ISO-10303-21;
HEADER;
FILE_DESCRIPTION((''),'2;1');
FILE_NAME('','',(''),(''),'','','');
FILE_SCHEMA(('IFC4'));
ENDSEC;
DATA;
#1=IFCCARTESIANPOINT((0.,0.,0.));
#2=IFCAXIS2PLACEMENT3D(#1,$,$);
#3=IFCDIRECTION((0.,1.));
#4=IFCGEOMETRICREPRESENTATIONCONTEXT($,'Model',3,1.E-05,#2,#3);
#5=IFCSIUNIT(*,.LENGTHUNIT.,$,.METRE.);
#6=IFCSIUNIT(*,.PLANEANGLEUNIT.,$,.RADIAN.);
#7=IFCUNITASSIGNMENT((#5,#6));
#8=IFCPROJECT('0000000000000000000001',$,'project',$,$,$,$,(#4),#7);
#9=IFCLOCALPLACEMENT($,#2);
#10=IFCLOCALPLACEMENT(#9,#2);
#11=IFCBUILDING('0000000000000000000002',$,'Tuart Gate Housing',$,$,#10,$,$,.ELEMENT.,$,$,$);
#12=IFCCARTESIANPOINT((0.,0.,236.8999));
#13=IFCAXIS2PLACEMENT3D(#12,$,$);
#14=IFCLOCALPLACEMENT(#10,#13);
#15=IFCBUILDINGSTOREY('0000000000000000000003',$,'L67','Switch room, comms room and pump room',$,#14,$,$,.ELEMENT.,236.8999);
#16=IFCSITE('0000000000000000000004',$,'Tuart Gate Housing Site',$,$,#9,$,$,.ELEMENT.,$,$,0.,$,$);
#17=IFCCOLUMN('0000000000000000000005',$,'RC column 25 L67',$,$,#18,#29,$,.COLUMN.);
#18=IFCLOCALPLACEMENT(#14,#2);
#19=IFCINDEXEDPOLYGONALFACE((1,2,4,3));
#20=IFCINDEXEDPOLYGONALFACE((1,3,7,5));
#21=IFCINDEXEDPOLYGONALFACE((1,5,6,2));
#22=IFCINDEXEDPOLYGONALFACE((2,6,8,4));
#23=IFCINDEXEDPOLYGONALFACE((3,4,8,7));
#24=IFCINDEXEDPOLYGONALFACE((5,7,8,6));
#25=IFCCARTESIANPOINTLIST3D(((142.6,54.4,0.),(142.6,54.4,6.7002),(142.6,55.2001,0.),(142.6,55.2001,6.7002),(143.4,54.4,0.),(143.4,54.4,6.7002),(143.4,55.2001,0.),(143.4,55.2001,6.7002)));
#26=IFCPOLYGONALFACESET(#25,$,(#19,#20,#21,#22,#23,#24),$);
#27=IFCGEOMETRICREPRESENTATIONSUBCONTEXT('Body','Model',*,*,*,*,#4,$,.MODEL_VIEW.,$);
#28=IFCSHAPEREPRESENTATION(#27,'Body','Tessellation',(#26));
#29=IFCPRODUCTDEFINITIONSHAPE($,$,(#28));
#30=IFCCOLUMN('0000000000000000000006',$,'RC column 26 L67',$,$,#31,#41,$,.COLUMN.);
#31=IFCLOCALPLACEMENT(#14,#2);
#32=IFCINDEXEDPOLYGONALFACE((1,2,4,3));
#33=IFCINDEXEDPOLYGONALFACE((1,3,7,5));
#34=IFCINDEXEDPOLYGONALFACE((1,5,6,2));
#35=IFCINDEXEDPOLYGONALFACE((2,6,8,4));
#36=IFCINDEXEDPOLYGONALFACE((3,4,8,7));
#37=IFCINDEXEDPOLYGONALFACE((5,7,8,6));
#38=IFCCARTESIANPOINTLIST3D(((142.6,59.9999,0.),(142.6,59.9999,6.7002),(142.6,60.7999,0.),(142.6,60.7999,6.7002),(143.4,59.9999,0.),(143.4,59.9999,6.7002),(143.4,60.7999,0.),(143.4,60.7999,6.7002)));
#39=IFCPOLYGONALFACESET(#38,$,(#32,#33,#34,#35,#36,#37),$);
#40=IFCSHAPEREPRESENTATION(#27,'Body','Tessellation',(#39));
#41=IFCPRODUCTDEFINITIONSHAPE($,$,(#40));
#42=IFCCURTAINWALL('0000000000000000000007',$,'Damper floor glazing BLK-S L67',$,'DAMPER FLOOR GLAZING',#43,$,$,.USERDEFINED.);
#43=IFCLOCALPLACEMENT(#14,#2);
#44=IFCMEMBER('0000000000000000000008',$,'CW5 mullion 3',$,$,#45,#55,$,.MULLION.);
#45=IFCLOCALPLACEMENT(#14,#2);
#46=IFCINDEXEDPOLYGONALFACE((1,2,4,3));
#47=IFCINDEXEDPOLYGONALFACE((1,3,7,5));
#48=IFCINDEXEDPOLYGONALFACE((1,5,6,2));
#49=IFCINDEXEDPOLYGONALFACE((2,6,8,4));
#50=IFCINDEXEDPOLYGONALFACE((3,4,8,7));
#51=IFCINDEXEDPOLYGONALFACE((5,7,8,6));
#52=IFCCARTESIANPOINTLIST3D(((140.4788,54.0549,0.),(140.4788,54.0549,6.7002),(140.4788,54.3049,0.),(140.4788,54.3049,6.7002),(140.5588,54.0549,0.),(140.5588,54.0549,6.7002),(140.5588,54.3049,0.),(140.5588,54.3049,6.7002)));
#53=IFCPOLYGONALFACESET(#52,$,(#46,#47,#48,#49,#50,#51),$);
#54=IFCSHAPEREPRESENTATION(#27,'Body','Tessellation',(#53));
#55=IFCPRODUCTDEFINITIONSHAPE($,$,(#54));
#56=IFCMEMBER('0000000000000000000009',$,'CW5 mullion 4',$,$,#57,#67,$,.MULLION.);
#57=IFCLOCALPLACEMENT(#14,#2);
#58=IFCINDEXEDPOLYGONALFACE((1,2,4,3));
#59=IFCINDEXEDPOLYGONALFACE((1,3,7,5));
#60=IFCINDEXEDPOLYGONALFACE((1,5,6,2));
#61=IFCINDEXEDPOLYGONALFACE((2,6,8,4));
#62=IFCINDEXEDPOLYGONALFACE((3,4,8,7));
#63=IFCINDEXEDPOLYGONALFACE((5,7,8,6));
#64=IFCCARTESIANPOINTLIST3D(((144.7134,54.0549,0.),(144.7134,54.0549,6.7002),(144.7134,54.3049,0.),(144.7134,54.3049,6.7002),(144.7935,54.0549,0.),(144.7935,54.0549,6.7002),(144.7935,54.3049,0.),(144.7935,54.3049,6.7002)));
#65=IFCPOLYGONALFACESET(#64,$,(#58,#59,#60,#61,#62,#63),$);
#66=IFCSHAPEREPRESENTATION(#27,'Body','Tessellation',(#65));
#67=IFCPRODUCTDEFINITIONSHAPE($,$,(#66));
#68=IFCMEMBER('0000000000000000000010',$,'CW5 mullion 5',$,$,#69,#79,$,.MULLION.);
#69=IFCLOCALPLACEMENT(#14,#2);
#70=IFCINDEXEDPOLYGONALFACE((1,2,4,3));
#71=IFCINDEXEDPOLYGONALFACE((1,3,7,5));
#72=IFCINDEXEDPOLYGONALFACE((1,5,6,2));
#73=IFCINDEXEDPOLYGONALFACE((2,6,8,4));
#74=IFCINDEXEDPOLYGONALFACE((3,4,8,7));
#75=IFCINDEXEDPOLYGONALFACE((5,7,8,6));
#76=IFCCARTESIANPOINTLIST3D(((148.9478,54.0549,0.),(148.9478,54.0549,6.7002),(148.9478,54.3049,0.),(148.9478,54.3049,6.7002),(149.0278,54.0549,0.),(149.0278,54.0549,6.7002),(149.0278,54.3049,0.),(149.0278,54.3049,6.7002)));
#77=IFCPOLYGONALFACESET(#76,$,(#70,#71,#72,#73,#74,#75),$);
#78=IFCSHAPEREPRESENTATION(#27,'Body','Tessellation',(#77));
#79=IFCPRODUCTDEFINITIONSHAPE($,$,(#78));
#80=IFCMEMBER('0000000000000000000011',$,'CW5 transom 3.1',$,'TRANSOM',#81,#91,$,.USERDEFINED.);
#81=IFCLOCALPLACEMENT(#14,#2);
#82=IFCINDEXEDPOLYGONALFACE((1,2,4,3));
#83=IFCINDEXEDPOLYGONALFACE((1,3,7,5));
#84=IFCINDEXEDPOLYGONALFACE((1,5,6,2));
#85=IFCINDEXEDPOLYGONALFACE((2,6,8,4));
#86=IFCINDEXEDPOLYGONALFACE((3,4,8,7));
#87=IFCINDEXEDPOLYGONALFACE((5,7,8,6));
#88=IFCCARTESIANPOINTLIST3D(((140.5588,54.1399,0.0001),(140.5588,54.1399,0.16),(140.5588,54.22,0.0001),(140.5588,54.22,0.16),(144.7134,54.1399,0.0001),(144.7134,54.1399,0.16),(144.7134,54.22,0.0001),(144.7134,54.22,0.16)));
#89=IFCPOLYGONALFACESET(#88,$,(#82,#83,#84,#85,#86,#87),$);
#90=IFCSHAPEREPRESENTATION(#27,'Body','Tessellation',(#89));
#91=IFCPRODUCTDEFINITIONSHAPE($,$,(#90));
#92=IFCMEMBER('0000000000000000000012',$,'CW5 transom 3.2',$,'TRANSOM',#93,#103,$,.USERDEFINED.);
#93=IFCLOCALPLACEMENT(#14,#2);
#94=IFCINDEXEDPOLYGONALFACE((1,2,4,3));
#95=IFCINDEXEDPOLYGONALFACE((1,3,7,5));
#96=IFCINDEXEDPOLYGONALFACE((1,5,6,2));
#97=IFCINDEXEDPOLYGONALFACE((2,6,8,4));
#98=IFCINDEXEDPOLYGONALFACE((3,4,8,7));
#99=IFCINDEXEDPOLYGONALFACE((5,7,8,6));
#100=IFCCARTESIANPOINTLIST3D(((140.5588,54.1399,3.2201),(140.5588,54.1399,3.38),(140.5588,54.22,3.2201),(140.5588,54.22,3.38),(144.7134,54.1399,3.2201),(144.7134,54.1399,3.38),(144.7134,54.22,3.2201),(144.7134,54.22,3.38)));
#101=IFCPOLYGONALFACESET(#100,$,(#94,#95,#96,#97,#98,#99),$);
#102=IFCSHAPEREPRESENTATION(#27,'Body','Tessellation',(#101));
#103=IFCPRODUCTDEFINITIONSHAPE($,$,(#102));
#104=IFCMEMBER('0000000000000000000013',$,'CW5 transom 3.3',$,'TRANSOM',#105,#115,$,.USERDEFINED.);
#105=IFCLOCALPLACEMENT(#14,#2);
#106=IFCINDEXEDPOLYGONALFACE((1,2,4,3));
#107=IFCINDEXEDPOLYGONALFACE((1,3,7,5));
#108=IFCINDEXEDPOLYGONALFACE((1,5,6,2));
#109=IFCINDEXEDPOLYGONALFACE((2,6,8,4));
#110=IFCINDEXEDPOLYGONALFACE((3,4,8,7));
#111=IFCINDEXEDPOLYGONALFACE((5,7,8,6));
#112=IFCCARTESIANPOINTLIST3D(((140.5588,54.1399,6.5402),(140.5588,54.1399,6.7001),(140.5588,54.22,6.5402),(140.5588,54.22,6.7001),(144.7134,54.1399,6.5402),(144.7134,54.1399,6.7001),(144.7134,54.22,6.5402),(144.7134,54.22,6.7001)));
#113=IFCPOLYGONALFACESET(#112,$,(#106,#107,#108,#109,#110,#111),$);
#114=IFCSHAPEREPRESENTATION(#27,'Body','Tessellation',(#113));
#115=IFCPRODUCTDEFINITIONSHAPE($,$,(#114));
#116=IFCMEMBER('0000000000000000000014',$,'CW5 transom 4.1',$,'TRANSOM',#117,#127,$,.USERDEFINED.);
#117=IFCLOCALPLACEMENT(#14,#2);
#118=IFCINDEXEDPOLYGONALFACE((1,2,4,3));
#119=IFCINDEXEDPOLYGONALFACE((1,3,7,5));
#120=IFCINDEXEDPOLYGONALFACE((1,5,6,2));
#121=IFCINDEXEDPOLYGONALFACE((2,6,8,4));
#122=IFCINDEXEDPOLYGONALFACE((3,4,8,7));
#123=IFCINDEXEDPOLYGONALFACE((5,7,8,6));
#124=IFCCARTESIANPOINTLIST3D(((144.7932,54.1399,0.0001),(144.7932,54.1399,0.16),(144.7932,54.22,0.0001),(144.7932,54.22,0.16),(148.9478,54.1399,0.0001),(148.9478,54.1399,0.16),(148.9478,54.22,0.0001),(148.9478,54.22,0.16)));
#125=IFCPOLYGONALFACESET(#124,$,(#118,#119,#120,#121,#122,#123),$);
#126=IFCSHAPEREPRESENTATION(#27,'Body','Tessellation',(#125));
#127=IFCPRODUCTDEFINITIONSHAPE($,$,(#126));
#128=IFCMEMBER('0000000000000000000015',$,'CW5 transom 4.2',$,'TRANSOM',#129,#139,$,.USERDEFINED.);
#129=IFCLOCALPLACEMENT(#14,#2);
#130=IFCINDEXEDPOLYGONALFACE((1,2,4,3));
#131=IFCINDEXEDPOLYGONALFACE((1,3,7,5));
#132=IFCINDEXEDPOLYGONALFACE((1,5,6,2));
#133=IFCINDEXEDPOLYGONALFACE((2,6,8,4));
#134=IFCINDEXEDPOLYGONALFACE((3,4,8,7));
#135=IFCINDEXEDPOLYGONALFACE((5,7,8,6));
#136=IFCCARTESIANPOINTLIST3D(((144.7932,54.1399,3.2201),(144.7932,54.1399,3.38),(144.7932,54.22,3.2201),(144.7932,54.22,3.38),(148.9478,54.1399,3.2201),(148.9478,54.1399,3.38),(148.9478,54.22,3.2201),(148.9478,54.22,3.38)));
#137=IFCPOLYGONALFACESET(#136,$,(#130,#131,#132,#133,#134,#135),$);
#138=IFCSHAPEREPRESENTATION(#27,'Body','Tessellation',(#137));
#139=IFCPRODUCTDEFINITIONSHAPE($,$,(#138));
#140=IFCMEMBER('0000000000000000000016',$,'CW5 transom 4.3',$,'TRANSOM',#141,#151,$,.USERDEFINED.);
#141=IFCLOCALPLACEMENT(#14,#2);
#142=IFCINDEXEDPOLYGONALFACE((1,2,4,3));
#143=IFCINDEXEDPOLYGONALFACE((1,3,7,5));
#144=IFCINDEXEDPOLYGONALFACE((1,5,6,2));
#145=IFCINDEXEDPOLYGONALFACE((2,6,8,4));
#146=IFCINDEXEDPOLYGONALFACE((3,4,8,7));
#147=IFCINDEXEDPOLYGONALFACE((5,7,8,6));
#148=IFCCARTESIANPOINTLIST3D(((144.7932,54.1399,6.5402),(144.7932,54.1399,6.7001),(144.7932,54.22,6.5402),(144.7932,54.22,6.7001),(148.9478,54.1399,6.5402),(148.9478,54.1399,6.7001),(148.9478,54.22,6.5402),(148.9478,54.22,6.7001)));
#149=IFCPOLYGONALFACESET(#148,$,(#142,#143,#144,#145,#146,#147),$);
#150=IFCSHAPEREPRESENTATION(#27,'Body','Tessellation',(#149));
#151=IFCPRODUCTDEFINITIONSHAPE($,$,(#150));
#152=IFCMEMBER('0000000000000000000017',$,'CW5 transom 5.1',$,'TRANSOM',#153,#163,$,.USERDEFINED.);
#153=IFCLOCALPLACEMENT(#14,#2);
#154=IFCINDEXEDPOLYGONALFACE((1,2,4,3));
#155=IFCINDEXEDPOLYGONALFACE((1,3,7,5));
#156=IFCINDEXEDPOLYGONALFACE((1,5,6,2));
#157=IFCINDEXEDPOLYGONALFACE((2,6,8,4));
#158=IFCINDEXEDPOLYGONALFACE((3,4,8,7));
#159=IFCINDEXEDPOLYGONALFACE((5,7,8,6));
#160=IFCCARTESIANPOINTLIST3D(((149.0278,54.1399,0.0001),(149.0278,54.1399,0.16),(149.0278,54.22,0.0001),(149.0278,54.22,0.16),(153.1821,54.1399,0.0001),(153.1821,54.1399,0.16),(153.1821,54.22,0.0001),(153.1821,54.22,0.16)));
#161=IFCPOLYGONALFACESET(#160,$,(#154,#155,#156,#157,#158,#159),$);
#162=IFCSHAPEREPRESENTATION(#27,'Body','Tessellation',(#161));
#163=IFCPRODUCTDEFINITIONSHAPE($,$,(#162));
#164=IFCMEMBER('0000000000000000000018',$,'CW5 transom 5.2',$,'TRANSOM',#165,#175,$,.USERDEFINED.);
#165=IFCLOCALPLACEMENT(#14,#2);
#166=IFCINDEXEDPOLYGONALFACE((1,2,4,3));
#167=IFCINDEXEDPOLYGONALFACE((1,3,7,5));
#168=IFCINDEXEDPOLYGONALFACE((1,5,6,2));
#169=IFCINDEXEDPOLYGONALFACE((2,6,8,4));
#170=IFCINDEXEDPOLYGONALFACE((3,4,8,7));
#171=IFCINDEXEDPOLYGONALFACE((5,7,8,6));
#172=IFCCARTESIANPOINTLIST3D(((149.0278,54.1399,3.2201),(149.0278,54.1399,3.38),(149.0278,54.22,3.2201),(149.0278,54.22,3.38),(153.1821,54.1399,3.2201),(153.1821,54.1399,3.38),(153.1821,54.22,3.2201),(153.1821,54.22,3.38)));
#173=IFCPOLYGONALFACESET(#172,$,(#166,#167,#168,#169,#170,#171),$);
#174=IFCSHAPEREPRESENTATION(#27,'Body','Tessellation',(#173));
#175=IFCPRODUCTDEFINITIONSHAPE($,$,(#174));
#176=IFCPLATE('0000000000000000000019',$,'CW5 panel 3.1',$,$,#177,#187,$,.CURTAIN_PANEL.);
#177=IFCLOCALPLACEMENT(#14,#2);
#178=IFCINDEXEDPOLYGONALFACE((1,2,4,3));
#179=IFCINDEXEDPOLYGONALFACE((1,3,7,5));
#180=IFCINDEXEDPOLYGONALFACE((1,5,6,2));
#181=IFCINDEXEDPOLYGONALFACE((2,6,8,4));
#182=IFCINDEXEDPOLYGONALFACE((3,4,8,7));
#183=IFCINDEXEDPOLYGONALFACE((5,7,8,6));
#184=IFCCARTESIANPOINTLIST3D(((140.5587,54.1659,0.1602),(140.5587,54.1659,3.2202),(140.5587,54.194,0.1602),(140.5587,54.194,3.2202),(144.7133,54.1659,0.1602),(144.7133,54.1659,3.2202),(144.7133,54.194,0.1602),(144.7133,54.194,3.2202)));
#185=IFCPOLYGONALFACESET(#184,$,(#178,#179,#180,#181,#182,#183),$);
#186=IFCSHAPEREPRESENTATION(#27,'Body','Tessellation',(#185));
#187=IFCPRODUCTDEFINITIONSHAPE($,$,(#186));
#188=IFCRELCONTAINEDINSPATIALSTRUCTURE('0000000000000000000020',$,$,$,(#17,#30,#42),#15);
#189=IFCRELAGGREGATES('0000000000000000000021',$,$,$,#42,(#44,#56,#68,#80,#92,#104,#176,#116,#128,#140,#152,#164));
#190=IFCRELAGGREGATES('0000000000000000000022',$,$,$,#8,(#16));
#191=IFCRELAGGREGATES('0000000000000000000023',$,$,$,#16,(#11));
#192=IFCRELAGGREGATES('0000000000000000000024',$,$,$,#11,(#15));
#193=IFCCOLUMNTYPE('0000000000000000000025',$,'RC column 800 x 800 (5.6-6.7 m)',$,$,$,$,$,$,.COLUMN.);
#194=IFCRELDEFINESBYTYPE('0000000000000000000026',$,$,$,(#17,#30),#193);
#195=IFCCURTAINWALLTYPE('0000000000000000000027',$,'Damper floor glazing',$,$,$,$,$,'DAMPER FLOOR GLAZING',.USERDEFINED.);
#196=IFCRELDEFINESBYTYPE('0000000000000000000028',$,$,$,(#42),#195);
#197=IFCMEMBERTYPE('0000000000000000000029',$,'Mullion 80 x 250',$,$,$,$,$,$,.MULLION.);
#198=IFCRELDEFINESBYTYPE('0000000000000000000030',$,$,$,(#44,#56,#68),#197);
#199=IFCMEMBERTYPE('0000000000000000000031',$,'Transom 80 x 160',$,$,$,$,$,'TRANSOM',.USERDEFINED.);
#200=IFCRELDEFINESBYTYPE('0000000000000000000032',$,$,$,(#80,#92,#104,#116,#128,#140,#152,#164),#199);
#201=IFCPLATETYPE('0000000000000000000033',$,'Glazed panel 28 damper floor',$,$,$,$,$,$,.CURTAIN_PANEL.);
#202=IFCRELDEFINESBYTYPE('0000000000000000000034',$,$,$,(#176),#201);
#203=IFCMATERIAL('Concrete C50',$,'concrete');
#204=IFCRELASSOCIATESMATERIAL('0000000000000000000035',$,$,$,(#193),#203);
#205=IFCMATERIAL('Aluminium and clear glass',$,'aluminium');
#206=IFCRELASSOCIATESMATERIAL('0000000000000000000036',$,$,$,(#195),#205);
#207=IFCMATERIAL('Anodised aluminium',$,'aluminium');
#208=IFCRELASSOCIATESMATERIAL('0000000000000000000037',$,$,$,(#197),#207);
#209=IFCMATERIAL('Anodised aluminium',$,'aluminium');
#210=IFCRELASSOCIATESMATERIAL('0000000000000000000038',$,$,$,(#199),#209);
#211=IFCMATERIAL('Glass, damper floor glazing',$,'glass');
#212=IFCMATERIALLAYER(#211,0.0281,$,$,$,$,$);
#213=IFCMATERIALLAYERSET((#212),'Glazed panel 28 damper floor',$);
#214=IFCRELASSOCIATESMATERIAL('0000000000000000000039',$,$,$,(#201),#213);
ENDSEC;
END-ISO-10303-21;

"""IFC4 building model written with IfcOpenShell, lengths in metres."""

from ifc_helpers import new_model, si_unit, direction, frame, origin, origin_2d, place, context, subcontext, project, spatial, rectangle, extrude, material, layer, layer_set, material_profile, profile_set, type_object, element, aggregate, save


model = new_model("IFC4")

# Units and contexts
model_context = context("Model", 3, precision=1e-05, world=origin(), true_north=direction((0.0, 1.0)))
body_context = subcontext(model_context, "Body", "Model", "MODEL_VIEW")
ifc_project = project(units=[si_unit("LENGTHUNIT", "METRE"), si_unit("PLANEANGLEUNIT", "RADIAN")], contexts=[model_context])

# Site, building, storey
site_placement = place(None, origin())
site = spatial("IfcSite", under=ifc_project, at=site_placement, Name="Tuart Gate Housing Site", CompositionType="ELEMENT", RefElevation=0.0)
building_placement = place(site_placement, origin())
building = spatial("IfcBuilding", under=site, at=building_placement, Name="Tuart Gate Housing", CompositionType="ELEMENT")
storey_placement = place(building_placement, frame((0.0, 0.0, 236.8999)))
storey = spatial("IfcBuildingStorey", under=building, at=storey_placement, Name="L67", Description="Switch room, comms room and pump room", CompositionType="ELEMENT", Elevation=236.8999)

# Columns
ifc_material_1 = material(Name="Concrete C50", Category="concrete")
ifc_material_profile_1 = material_profile(ifc_material_1, rectangle(XDim=0.8, YDim=0.8, at=origin_2d()), Name="RC column 800 x 800 (5.6-6.7 m)")
ifc_profile_set_1 = profile_set([ifc_material_profile_1], Name="Concrete C50")
column_type = type_object("IfcColumnType", Name="RC column 800 x 800 (5.6-6.7 m)", PredefinedType="COLUMN", material=ifc_profile_set_1)
for number, where, z_axis, x_axis, name in (
    (1, (143.0, 54.8, 0.0), (0.0, 0.0, 1.0), (1.0, 0.0, 0.0), "RC column 25 L67"),
    (2, (143.0, 60.3999, 0.0), (0.0, 0.0, 1.0), (1.0, 0.0, 0.0), "RC column 26 L67"),
):
    element("IfcColumn", number, at=place(storey_placement, frame(where, z_axis=z_axis, x_axis=x_axis)), inside=storey, type_object=column_type, Name=name, PredefinedType="COLUMN", context=body_context, shape_type="SweptSolid", body=[
        extrude(rectangle(XDim=0.8, YDim=0.8, at=origin_2d()), origin(), (0.0, 0.0, 1.0), 6.7002),
    ])

# Curtain wall, members, plate
ifc_material_2 = material(Name="Aluminium and clear glass", Category="aluminium")
curtain_wall_type = type_object("IfcCurtainWallType", Name="Damper floor glazing", ElementType="DAMPER FLOOR GLAZING", PredefinedType="USERDEFINED", material=ifc_material_2)
curtain_wall_placement = place(storey_placement, origin())
curtain_wall = element("IfcCurtainWall", 3, at=curtain_wall_placement, inside=storey, type_object=curtain_wall_type, Name="Damper floor glazing BLK-S L67", ObjectType="DAMPER FLOOR GLAZING", PredefinedType="USERDEFINED")
ifc_material_3 = material(Name="Anodised aluminium", Category="aluminium")
ifc_material_profile_2 = material_profile(ifc_material_3, rectangle(XDim=0.0801, YDim=0.25, at=origin_2d()), Name="80x250")
ifc_profile_set_2 = profile_set([ifc_material_profile_2], Name="Anodised aluminium")
member_type_1 = type_object("IfcMemberType", Name="Mullion 80 x 250", PredefinedType="MULLION", material=ifc_profile_set_2)
member_1_placement = place(storey_placement, frame((140.5188, 54.1799, 0.0), z_axis=(0.0, 0.0, 1.0), x_axis=(1.0, 0.0, 0.0)))
member_1 = element("IfcMember", 4, at=member_1_placement, type_object=member_type_1, Name="CW5 mullion 3", PredefinedType="MULLION", context=body_context, shape_type="SweptSolid", body=[
    extrude(rectangle(XDim=0.0801, YDim=0.25, at=origin_2d()), origin(), (0.0, 0.0, 1.0), 6.7002),
])
member_2_placement = place(storey_placement, frame((144.7534, 54.1799, 0.0), z_axis=(0.0, 0.0, 1.0), x_axis=(1.0, 0.0, 0.0)))
member_2 = element("IfcMember", 5, at=member_2_placement, type_object=member_type_1, Name="CW5 mullion 4", PredefinedType="MULLION", context=body_context, shape_type="SweptSolid", body=[
    extrude(rectangle(XDim=0.0801, YDim=0.25, at=origin_2d()), origin(), (0.0, 0.0, 1.0), 6.7002),
])
member_3_placement = place(storey_placement, frame((148.9878, 54.1799, 0.0), z_axis=(0.0, 0.0, 1.0), x_axis=(1.0, 0.0, 0.0)))
member_3 = element("IfcMember", 6, at=member_3_placement, type_object=member_type_1, Name="CW5 mullion 5", PredefinedType="MULLION", context=body_context, shape_type="SweptSolid", body=[
    extrude(rectangle(XDim=0.0801, YDim=0.25, at=origin_2d()), origin(), (0.0, 0.0, 1.0), 6.7002),
])
ifc_material_4 = material(Name="Anodised aluminium", Category="aluminium")
ifc_material_profile_3 = material_profile(ifc_material_4, rectangle(XDim=0.0801, YDim=0.1599, at=origin_2d()), Name="80x160")
ifc_profile_set_3 = profile_set([ifc_material_profile_3], Name="Anodised aluminium")
member_type_2 = type_object("IfcMemberType", Name="Transom 80 x 160", ElementType="TRANSOM", PredefinedType="USERDEFINED", material=ifc_profile_set_3)
member_4_placement = place(storey_placement, frame((140.5588, 54.1799, 0.0801), z_axis=(1.0, 0.0, 0.0), x_axis=(0.0, 1.0, 0.0)))
member_4 = element("IfcMember", 7, at=member_4_placement, type_object=member_type_2, Name="CW5 transom 3.1", ObjectType="TRANSOM", PredefinedType="USERDEFINED", context=body_context, shape_type="SweptSolid", body=[
    extrude(rectangle(XDim=0.0801, YDim=0.1599, at=origin_2d()), origin(), (0.0, 0.0, 1.0), 4.1545),
])
member_5_placement = place(storey_placement, frame((140.5588, 54.1799, 3.3), z_axis=(1.0, 0.0, 0.0), x_axis=(0.0, 1.0, 0.0)))
member_5 = element("IfcMember", 8, at=member_5_placement, type_object=member_type_2, Name="CW5 transom 3.2", ObjectType="TRANSOM", PredefinedType="USERDEFINED", context=body_context, shape_type="SweptSolid", body=[
    extrude(rectangle(XDim=0.0801, YDim=0.1599, at=origin_2d()), origin(), (0.0, 0.0, 1.0), 4.1545),
])
member_6_placement = place(storey_placement, frame((140.5588, 54.1799, 6.6201), z_axis=(1.0, 0.0, 0.0), x_axis=(0.0, 1.0, 0.0)))
member_6 = element("IfcMember", 9, at=member_6_placement, type_object=member_type_2, Name="CW5 transom 3.3", ObjectType="TRANSOM", PredefinedType="USERDEFINED", context=body_context, shape_type="SweptSolid", body=[
    extrude(rectangle(XDim=0.0801, YDim=0.1599, at=origin_2d()), origin(), (0.0, 0.0, 1.0), 4.1545),
])
member_7_placement = place(storey_placement, frame((144.7932, 54.1799, 0.0801), z_axis=(1.0, 0.0, 0.0), x_axis=(0.0, 1.0, 0.0)))
member_7 = element("IfcMember", 10, at=member_7_placement, type_object=member_type_2, Name="CW5 transom 4.1", ObjectType="TRANSOM", PredefinedType="USERDEFINED", context=body_context, shape_type="SweptSolid", body=[
    extrude(rectangle(XDim=0.0801, YDim=0.1599, at=origin_2d()), origin(), (0.0, 0.0, 1.0), 4.1545),
])
member_8_placement = place(storey_placement, frame((144.7932, 54.1799, 3.3), z_axis=(1.0, 0.0, 0.0), x_axis=(0.0, 1.0, 0.0)))
member_8 = element("IfcMember", 11, at=member_8_placement, type_object=member_type_2, Name="CW5 transom 4.2", ObjectType="TRANSOM", PredefinedType="USERDEFINED", context=body_context, shape_type="SweptSolid", body=[
    extrude(rectangle(XDim=0.0801, YDim=0.1599, at=origin_2d()), origin(), (0.0, 0.0, 1.0), 4.1545),
])
member_9_placement = place(storey_placement, frame((144.7932, 54.1799, 6.6201), z_axis=(1.0, 0.0, 0.0), x_axis=(0.0, 1.0, 0.0)))
member_9 = element("IfcMember", 12, at=member_9_placement, type_object=member_type_2, Name="CW5 transom 4.3", ObjectType="TRANSOM", PredefinedType="USERDEFINED", context=body_context, shape_type="SweptSolid", body=[
    extrude(rectangle(XDim=0.0801, YDim=0.1599, at=origin_2d()), origin(), (0.0, 0.0, 1.0), 4.1545),
])
member_10_placement = place(storey_placement, frame((149.0278, 54.1799, 0.0801), z_axis=(1.0, 0.0, 0.0), x_axis=(0.0, 1.0, 0.0)))
member_10 = element("IfcMember", 13, at=member_10_placement, type_object=member_type_2, Name="CW5 transom 5.1", ObjectType="TRANSOM", PredefinedType="USERDEFINED", context=body_context, shape_type="SweptSolid", body=[
    extrude(rectangle(XDim=0.0801, YDim=0.1599, at=origin_2d()), origin(), (0.0, 0.0, 1.0), 4.1543),
])
member_11_placement = place(storey_placement, frame((149.0278, 54.1799, 3.3), z_axis=(1.0, 0.0, 0.0), x_axis=(0.0, 1.0, 0.0)))
member_11 = element("IfcMember", 14, at=member_11_placement, type_object=member_type_2, Name="CW5 transom 5.2", ObjectType="TRANSOM", PredefinedType="USERDEFINED", context=body_context, shape_type="SweptSolid", body=[
    extrude(rectangle(XDim=0.0801, YDim=0.1599, at=origin_2d()), origin(), (0.0, 0.0, 1.0), 4.1543),
])
ifc_material_5 = material(Name="Glass, damper floor glazing", Category="glass")
ifc_layer_1 = layer(ifc_material_5, 0.0281)
ifc_layer_set_1 = layer_set([ifc_layer_1], Name="Glazed panel 28 damper floor")
plate_type = type_object("IfcPlateType", Name="Glazed panel 28 damper floor", PredefinedType="CURTAIN_PANEL", material=ifc_layer_set_1)
plate_1_placement = place(storey_placement, frame((142.636, 54.1799, 0.1602), z_axis=(0.0, 0.0, 1.0), x_axis=(1.0, 0.0, 0.0)))
plate_1 = element("IfcPlate", 15, at=plate_1_placement, type_object=plate_type, Name="CW5 panel 3.1", PredefinedType="CURTAIN_PANEL", context=body_context, shape_type="SweptSolid", body=[
    extrude(rectangle(XDim=4.1545, YDim=0.0281, at=origin_2d()), origin(), (0.0, 0.0, 1.0), 3.0601),
])
aggregate(curtain_wall, [member_1, member_2, member_3, member_4, member_5, member_6, plate_1, member_7, member_8, member_9, member_10, member_11])

save(model, "model.ifc")
